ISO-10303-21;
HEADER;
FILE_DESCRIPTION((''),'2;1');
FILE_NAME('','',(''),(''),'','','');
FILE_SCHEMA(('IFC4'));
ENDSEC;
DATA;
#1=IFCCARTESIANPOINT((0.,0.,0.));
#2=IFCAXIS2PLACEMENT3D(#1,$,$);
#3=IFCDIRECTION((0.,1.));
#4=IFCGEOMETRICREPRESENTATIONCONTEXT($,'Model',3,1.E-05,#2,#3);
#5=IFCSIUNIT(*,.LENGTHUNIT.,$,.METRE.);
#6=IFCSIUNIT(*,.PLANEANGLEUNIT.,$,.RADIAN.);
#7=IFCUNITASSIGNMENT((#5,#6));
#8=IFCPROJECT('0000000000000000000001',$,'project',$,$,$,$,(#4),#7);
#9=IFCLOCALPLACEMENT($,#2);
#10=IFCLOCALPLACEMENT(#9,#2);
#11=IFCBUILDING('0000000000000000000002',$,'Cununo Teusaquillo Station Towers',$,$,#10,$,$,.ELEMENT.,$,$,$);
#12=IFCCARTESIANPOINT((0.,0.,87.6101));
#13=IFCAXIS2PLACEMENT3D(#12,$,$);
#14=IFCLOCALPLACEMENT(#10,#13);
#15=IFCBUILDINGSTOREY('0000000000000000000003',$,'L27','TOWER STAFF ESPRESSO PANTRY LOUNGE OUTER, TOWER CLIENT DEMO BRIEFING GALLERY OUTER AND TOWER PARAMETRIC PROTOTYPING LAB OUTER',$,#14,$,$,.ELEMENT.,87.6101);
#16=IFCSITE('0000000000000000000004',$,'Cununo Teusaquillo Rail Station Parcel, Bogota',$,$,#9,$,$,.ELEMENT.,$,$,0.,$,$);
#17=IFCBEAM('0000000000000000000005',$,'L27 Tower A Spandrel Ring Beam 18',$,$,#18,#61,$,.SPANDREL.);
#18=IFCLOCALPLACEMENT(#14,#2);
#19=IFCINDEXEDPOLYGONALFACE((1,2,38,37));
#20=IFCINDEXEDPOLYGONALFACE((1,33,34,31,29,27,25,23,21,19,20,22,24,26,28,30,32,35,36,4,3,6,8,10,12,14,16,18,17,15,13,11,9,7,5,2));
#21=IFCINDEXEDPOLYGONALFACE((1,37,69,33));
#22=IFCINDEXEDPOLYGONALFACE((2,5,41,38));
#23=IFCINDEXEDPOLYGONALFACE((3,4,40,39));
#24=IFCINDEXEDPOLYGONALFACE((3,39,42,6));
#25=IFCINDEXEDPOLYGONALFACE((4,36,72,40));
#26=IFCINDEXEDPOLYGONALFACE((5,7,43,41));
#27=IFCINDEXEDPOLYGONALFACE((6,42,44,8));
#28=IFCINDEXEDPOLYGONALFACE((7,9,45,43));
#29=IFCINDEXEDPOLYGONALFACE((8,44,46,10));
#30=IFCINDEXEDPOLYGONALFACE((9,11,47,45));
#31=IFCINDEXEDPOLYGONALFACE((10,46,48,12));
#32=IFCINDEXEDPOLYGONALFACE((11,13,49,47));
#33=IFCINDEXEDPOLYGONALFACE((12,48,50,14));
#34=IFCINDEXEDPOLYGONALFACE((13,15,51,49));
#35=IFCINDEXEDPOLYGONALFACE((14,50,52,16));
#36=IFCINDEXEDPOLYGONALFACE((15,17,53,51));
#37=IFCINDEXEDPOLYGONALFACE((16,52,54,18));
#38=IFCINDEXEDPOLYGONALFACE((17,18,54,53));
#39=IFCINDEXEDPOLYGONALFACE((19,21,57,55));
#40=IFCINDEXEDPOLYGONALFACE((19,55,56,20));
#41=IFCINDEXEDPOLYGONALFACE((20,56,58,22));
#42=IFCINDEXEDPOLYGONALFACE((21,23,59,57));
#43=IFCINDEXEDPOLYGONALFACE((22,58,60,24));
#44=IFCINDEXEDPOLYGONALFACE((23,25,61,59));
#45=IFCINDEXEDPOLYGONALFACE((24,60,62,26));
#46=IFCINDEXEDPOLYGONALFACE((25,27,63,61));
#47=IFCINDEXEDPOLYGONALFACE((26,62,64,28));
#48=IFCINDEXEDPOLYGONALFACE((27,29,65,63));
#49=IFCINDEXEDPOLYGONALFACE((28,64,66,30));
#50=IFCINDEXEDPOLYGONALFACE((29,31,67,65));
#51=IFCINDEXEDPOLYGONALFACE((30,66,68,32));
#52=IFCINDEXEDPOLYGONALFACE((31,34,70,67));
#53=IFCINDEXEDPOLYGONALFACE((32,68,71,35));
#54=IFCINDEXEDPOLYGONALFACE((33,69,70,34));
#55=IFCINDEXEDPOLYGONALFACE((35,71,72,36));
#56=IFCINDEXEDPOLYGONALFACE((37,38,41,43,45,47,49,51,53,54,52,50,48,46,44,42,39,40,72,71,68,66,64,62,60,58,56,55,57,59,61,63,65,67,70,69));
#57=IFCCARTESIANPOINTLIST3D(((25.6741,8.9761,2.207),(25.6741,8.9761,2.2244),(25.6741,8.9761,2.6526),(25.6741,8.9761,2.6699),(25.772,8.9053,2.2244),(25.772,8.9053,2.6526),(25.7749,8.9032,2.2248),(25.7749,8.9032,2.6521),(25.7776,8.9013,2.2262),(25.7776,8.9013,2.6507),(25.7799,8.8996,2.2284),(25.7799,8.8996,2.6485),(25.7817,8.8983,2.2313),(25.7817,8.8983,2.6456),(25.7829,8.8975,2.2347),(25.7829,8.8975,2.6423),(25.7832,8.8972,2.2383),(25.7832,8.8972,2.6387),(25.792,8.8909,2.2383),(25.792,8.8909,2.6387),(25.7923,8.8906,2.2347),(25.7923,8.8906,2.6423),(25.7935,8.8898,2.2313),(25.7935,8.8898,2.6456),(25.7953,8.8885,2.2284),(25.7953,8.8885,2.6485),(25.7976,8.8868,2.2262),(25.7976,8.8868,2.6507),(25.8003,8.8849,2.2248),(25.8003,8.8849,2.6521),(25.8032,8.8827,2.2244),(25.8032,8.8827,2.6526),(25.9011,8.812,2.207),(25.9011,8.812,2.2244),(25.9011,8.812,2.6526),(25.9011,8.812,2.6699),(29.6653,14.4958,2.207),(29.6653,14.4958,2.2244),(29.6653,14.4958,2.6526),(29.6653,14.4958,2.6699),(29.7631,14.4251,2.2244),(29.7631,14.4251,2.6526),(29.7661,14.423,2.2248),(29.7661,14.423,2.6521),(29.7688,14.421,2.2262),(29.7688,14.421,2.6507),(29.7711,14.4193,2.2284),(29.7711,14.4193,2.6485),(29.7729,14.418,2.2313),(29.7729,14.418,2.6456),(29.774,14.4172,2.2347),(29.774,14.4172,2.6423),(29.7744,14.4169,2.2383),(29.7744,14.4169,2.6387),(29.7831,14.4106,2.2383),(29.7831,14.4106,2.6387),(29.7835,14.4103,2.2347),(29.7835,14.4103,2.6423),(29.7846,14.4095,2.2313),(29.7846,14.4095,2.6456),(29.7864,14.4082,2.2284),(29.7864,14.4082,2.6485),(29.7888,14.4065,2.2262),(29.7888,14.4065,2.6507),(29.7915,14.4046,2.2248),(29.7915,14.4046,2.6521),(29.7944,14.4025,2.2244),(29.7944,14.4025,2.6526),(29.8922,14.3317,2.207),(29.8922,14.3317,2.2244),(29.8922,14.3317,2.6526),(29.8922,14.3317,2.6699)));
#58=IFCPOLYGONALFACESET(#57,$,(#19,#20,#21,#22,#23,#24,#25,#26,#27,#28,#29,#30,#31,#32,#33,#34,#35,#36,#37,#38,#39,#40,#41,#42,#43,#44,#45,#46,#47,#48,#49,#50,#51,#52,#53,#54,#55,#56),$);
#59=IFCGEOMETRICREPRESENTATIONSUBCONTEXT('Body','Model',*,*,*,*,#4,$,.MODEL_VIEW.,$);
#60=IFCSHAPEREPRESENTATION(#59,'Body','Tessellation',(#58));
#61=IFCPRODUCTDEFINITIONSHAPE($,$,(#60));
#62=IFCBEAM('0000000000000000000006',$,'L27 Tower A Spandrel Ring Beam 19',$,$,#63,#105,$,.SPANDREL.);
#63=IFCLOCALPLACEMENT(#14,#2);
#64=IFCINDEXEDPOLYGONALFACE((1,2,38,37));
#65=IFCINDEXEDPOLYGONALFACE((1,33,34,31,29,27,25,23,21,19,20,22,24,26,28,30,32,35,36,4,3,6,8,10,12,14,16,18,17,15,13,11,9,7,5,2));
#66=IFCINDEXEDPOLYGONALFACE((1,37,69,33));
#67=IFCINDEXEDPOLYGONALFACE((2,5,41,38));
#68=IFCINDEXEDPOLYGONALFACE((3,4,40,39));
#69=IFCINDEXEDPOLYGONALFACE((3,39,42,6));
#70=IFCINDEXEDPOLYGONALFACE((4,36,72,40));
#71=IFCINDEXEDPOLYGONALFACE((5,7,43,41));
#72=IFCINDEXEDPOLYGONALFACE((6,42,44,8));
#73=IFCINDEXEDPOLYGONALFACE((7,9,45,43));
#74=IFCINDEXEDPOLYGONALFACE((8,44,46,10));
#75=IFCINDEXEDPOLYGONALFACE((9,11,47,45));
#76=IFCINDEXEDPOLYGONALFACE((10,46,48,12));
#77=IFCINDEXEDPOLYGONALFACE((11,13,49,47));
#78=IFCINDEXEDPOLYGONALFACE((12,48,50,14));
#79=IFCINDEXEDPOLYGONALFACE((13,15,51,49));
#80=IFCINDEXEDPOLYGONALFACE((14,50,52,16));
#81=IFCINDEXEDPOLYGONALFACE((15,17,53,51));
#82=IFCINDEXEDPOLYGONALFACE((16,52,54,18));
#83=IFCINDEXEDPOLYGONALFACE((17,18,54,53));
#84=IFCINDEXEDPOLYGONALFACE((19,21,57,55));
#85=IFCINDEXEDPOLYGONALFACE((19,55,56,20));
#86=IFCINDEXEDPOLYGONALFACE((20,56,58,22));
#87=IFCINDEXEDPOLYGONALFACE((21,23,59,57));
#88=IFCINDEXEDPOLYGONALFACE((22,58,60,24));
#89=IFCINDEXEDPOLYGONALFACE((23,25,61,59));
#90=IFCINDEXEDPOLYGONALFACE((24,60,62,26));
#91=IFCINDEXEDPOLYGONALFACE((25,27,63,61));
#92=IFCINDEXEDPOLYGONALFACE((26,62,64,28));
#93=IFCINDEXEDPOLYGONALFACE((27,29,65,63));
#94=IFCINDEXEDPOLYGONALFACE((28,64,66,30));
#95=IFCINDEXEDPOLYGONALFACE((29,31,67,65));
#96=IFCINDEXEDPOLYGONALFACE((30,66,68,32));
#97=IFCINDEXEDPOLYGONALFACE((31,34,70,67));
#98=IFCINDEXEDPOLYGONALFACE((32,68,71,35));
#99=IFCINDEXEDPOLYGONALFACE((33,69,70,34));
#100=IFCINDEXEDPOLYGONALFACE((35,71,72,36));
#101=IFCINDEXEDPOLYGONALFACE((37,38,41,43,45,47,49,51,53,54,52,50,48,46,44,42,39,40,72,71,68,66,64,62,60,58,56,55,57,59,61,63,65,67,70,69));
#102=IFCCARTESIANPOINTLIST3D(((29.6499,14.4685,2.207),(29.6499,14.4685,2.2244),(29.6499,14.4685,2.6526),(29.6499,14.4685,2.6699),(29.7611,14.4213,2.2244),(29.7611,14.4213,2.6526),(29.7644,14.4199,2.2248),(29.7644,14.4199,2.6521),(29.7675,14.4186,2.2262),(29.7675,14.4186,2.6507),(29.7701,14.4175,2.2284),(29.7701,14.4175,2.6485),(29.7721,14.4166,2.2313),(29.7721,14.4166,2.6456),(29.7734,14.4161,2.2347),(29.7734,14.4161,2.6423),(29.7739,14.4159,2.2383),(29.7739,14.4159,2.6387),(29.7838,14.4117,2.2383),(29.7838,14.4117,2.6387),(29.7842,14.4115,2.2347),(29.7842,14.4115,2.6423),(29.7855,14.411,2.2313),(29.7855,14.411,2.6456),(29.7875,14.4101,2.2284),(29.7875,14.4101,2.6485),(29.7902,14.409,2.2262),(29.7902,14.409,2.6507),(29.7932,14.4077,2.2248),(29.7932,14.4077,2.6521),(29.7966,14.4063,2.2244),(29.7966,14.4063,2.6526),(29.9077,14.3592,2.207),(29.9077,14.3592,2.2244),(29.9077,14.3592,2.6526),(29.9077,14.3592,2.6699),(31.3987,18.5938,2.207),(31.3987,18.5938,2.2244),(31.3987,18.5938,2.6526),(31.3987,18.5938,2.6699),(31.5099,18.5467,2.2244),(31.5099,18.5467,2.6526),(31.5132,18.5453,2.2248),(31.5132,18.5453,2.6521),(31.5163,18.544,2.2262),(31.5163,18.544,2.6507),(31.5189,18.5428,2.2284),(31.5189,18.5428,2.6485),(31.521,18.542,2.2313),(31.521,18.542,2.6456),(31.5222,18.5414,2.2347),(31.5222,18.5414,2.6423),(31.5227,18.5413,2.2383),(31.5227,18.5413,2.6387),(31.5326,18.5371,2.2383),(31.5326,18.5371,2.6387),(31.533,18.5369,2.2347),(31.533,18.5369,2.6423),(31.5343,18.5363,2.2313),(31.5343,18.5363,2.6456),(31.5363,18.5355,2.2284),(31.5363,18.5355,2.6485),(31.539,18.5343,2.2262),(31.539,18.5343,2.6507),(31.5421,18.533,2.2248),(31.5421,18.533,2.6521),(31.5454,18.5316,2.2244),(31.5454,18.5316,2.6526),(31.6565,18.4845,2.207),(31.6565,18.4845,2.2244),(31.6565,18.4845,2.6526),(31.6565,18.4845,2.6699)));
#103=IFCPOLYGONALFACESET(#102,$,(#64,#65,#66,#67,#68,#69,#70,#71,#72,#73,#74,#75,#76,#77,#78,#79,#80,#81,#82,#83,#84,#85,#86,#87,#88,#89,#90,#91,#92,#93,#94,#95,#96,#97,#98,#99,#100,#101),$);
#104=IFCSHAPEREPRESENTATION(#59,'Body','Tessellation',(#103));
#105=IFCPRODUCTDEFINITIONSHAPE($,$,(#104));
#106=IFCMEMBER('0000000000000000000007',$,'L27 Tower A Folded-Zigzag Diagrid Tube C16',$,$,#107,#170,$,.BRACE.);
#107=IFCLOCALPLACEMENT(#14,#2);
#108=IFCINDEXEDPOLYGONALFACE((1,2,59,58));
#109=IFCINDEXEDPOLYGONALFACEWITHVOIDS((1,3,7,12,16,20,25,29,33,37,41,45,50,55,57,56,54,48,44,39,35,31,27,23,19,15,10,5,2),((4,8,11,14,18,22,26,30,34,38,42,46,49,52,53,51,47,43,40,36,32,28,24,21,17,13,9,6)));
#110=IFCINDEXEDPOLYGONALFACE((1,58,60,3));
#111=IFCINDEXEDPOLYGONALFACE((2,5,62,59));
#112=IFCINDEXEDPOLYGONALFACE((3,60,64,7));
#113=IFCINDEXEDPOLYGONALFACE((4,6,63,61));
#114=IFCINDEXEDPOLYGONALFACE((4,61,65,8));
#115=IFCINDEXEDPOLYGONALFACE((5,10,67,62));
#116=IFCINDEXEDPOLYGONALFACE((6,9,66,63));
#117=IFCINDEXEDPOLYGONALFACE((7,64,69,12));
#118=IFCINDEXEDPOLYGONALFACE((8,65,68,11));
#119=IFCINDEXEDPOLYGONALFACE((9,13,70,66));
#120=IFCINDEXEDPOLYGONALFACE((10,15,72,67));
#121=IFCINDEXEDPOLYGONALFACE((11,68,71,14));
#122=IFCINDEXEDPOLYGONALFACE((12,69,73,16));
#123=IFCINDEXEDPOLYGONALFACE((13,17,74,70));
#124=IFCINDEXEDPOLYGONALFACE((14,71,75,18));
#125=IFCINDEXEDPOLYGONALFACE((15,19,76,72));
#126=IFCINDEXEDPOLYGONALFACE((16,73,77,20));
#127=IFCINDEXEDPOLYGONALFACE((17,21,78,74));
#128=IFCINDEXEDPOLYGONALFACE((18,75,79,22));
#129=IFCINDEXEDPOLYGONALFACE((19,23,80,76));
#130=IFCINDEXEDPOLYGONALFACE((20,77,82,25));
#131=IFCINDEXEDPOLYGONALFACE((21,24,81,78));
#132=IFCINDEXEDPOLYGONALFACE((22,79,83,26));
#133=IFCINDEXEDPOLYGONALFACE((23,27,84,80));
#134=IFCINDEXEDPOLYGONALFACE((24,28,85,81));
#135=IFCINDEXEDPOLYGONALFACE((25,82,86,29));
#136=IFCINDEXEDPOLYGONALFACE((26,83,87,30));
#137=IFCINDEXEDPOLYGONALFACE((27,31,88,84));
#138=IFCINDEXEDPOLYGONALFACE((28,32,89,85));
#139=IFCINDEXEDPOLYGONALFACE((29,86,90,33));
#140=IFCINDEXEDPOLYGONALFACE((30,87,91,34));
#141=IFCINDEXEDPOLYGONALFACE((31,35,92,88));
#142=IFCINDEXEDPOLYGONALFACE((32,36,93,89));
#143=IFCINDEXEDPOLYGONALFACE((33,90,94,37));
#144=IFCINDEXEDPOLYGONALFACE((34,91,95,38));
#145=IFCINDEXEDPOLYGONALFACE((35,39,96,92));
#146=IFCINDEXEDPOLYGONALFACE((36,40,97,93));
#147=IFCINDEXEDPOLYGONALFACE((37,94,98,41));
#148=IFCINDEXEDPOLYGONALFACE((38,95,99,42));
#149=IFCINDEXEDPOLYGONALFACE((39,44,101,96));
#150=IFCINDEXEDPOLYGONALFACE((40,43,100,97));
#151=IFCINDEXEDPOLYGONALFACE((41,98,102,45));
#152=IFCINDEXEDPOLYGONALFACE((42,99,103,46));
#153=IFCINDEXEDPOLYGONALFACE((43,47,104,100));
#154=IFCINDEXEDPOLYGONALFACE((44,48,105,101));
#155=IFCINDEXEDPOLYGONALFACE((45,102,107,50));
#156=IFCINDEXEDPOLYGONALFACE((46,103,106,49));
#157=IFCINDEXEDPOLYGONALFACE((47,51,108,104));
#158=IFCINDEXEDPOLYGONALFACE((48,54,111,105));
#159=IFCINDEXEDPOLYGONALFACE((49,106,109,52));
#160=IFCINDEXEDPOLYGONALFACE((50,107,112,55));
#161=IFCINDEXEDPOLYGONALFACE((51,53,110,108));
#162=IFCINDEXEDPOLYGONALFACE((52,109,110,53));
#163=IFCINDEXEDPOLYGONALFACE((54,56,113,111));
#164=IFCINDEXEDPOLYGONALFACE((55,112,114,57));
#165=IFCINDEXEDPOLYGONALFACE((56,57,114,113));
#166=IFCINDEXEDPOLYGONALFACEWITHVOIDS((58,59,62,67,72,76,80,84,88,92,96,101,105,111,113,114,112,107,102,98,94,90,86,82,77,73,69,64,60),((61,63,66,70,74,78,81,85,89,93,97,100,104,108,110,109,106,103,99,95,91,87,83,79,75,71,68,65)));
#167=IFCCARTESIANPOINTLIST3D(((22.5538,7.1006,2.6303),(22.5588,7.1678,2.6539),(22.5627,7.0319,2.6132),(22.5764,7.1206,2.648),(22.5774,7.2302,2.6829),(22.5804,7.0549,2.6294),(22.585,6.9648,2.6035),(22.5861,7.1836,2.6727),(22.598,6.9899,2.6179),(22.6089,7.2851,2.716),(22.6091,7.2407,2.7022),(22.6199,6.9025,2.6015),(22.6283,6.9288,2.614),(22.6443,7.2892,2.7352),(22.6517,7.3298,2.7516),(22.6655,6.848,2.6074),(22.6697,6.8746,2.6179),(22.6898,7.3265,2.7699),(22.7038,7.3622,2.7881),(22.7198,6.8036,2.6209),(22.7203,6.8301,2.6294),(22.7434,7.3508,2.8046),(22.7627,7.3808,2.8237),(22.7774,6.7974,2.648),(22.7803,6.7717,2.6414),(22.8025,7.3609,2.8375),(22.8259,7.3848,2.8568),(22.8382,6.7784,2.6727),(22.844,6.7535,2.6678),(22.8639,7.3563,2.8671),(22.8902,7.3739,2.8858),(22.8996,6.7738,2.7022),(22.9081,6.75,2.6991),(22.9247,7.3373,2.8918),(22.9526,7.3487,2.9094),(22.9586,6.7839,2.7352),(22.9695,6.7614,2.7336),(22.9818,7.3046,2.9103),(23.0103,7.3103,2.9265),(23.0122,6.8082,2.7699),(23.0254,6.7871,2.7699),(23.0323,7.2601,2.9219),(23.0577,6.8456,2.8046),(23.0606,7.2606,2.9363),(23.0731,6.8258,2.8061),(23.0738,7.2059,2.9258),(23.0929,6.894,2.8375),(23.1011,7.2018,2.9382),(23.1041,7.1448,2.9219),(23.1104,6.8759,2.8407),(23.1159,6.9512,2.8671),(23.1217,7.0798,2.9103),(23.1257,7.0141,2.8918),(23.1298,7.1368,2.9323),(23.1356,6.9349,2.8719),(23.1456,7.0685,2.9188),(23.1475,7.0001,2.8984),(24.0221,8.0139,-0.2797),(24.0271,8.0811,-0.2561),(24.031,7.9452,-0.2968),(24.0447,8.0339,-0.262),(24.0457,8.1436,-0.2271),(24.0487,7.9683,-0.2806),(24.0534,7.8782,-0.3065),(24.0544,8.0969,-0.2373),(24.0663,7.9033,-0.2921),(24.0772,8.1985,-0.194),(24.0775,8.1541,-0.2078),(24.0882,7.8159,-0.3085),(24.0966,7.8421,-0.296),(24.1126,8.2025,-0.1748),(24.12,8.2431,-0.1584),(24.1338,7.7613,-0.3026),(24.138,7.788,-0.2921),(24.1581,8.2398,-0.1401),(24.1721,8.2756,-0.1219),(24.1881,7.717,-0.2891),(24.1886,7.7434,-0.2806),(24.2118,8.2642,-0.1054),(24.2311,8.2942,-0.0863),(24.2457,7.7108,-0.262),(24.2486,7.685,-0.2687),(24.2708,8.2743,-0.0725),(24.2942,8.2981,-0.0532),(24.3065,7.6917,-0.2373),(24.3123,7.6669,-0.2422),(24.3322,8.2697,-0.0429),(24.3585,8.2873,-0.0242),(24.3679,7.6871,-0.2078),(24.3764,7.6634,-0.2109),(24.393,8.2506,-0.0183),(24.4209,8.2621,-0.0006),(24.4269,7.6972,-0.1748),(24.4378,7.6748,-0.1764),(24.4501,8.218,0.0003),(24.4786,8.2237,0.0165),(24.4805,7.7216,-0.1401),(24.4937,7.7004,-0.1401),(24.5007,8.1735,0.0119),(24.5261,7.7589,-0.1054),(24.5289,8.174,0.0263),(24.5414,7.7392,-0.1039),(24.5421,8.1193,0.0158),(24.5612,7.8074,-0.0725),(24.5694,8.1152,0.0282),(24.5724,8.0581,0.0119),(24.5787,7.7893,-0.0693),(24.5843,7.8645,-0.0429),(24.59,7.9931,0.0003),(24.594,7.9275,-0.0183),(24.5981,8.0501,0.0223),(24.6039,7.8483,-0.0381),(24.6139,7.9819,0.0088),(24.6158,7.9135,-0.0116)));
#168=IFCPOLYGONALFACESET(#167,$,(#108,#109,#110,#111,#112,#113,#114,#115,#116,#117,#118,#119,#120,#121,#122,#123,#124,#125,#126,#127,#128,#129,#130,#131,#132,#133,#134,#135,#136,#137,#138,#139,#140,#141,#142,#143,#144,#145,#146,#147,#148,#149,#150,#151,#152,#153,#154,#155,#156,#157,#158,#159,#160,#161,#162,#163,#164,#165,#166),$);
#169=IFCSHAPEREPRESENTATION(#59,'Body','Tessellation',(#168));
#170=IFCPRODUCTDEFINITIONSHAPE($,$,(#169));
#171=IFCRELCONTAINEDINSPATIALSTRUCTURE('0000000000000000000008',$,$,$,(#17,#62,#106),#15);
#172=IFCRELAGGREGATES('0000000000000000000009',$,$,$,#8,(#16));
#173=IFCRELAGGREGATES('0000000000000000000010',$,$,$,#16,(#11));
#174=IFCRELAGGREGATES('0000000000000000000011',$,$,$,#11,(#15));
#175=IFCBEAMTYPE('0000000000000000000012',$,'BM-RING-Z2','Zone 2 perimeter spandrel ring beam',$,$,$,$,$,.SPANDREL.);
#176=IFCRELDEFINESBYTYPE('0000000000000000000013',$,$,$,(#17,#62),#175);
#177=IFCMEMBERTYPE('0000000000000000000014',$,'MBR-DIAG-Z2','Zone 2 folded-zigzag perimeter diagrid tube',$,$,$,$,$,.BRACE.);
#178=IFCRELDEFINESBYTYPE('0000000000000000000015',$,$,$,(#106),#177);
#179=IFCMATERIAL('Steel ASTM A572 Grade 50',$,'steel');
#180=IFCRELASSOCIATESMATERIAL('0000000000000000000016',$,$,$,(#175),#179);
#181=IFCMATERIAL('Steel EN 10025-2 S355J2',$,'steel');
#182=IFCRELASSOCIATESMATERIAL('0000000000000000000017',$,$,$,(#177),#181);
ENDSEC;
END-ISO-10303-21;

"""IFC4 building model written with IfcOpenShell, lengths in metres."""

from ifc_helpers import new_model, si_unit, direction, frame, origin, origin_2d, place, context, subcontext, project, spatial, hollow_circle, i_section, extrude, material, material_profile, profile_set, type_object, element, save


model = new_model("IFC4")

# Units and contexts
model_context = context("Model", 3, precision=1e-05, world=origin(), true_north=direction((0.0, 1.0)))
body_context = subcontext(model_context, "Body", "Model", "MODEL_VIEW")
ifc_project = project(units=[si_unit("LENGTHUNIT", "METRE"), si_unit("PLANEANGLEUNIT", "RADIAN")], contexts=[model_context])

# Site, building, storey
site_placement = place(None, origin())
site = spatial("IfcSite", under=ifc_project, at=site_placement, Name="Cununo Teusaquillo Rail Station Parcel, Bogota", CompositionType="ELEMENT", RefElevation=0.0)
building_placement = place(site_placement, origin())
building = spatial("IfcBuilding", under=site, at=building_placement, Name="Cununo Teusaquillo Station Towers", CompositionType="ELEMENT")
storey_placement = place(building_placement, frame((0.0, 0.0, 87.6101)))
storey = spatial("IfcBuildingStorey", under=building, at=storey_placement, Name="L27", Description="TOWER STAFF ESPRESSO PANTRY LOUNGE OUTER, TOWER CLIENT DEMO BRIEFING GALLERY OUTER AND TOWER PARAMETRIC PROTOTYPING LAB OUTER", CompositionType="ELEMENT", Elevation=87.6101)

# Beams
ifc_material_1 = material(Name="Steel ASTM A572 Grade 50", Category="steel")
ifc_material_profile_1 = material_profile(ifc_material_1, i_section(OverallWidth=0.28, OverallDepth=0.4629, WebThickness=0.0107, FlangeThickness=0.0173, FilletRadius=0.0139, at=origin_2d()), Name="W18X76")
ifc_profile_set_1 = profile_set([ifc_material_profile_1], Name="Steel ASTM A572 Grade 50")
beam_type = type_object("IfcBeamType", Name="BM-RING-Z2", Description="Zone 2 perimeter spandrel ring beam", PredefinedType="SPANDREL", material=ifc_profile_set_1)
beam_1_placement = place(storey_placement, frame((25.7876, 8.894, 2.4385), z_axis=(0.585945, 0.810351, 0.0), x_axis=(-0.810351, 0.585945, 0.0)))
element("IfcBeam", 1, at=beam_1_placement, inside=storey, type_object=beam_type, Name="L27 Tower A Spandrel Ring Beam 18", PredefinedType="SPANDREL", context=body_context, shape_type="SweptSolid", body=[
    extrude(i_section(OverallWidth=0.28, OverallDepth=0.4629, WebThickness=0.0107, FlangeThickness=0.0173, FilletRadius=0.0139, at=origin_2d()), origin(), (0.0, 0.0, 1.0), 6.8115),
])
beam_2_placement = place(storey_placement, frame((29.7788, 14.4138, 2.4385), z_axis=(0.390299, 0.920688, 0.0), x_axis=(-0.920688, 0.390299, 0.0)))
element("IfcBeam", 2, at=beam_2_placement, inside=storey, type_object=beam_type, Name="L27 Tower A Spandrel Ring Beam 19", PredefinedType="SPANDREL", context=body_context, shape_type="SweptSolid", body=[
    extrude(i_section(OverallWidth=0.28, OverallDepth=0.4629, WebThickness=0.0107, FlangeThickness=0.0173, FilletRadius=0.0139, at=origin_2d()), origin(), (0.0, 0.0, 1.0), 4.4807),
])

# Member
ifc_material_2 = material(Name="Steel EN 10025-2 S355J2", Category="steel")
ifc_material_profile_2 = material_profile(ifc_material_2, hollow_circle(Radius=0.3301, WallThickness=0.0249, at=origin_2d()), Name="CHS 660x25")
ifc_profile_set_2 = profile_set([ifc_material_profile_2], Name="Steel EN 10025-2 S355J2")
member_type = type_object("IfcMemberType", Name="MBR-DIAG-Z2", Description="Zone 2 folded-zigzag perimeter diagrid tube", PredefinedType="BRACE", material=ifc_profile_set_2)
member_1_placement = place(storey_placement, frame((24.3193, 7.9807, -0.1401), z_axis=(-0.433768, -0.269825, 0.859674), x_axis=(0.528196, -0.849123, 0.0)))
element("IfcMember", 3, at=member_1_placement, inside=storey, type_object=member_type, Name="L27 Tower A Folded-Zigzag Diagrid Tube C16", PredefinedType="BRACE", context=body_context, shape_type="SweptSolid", body=[
    extrude(hollow_circle(Radius=0.3301, WallThickness=0.0249, at=origin_2d()), origin(), (0.0, 0.0, 1.0), 3.385),
])

save(model, "model.ifc")
